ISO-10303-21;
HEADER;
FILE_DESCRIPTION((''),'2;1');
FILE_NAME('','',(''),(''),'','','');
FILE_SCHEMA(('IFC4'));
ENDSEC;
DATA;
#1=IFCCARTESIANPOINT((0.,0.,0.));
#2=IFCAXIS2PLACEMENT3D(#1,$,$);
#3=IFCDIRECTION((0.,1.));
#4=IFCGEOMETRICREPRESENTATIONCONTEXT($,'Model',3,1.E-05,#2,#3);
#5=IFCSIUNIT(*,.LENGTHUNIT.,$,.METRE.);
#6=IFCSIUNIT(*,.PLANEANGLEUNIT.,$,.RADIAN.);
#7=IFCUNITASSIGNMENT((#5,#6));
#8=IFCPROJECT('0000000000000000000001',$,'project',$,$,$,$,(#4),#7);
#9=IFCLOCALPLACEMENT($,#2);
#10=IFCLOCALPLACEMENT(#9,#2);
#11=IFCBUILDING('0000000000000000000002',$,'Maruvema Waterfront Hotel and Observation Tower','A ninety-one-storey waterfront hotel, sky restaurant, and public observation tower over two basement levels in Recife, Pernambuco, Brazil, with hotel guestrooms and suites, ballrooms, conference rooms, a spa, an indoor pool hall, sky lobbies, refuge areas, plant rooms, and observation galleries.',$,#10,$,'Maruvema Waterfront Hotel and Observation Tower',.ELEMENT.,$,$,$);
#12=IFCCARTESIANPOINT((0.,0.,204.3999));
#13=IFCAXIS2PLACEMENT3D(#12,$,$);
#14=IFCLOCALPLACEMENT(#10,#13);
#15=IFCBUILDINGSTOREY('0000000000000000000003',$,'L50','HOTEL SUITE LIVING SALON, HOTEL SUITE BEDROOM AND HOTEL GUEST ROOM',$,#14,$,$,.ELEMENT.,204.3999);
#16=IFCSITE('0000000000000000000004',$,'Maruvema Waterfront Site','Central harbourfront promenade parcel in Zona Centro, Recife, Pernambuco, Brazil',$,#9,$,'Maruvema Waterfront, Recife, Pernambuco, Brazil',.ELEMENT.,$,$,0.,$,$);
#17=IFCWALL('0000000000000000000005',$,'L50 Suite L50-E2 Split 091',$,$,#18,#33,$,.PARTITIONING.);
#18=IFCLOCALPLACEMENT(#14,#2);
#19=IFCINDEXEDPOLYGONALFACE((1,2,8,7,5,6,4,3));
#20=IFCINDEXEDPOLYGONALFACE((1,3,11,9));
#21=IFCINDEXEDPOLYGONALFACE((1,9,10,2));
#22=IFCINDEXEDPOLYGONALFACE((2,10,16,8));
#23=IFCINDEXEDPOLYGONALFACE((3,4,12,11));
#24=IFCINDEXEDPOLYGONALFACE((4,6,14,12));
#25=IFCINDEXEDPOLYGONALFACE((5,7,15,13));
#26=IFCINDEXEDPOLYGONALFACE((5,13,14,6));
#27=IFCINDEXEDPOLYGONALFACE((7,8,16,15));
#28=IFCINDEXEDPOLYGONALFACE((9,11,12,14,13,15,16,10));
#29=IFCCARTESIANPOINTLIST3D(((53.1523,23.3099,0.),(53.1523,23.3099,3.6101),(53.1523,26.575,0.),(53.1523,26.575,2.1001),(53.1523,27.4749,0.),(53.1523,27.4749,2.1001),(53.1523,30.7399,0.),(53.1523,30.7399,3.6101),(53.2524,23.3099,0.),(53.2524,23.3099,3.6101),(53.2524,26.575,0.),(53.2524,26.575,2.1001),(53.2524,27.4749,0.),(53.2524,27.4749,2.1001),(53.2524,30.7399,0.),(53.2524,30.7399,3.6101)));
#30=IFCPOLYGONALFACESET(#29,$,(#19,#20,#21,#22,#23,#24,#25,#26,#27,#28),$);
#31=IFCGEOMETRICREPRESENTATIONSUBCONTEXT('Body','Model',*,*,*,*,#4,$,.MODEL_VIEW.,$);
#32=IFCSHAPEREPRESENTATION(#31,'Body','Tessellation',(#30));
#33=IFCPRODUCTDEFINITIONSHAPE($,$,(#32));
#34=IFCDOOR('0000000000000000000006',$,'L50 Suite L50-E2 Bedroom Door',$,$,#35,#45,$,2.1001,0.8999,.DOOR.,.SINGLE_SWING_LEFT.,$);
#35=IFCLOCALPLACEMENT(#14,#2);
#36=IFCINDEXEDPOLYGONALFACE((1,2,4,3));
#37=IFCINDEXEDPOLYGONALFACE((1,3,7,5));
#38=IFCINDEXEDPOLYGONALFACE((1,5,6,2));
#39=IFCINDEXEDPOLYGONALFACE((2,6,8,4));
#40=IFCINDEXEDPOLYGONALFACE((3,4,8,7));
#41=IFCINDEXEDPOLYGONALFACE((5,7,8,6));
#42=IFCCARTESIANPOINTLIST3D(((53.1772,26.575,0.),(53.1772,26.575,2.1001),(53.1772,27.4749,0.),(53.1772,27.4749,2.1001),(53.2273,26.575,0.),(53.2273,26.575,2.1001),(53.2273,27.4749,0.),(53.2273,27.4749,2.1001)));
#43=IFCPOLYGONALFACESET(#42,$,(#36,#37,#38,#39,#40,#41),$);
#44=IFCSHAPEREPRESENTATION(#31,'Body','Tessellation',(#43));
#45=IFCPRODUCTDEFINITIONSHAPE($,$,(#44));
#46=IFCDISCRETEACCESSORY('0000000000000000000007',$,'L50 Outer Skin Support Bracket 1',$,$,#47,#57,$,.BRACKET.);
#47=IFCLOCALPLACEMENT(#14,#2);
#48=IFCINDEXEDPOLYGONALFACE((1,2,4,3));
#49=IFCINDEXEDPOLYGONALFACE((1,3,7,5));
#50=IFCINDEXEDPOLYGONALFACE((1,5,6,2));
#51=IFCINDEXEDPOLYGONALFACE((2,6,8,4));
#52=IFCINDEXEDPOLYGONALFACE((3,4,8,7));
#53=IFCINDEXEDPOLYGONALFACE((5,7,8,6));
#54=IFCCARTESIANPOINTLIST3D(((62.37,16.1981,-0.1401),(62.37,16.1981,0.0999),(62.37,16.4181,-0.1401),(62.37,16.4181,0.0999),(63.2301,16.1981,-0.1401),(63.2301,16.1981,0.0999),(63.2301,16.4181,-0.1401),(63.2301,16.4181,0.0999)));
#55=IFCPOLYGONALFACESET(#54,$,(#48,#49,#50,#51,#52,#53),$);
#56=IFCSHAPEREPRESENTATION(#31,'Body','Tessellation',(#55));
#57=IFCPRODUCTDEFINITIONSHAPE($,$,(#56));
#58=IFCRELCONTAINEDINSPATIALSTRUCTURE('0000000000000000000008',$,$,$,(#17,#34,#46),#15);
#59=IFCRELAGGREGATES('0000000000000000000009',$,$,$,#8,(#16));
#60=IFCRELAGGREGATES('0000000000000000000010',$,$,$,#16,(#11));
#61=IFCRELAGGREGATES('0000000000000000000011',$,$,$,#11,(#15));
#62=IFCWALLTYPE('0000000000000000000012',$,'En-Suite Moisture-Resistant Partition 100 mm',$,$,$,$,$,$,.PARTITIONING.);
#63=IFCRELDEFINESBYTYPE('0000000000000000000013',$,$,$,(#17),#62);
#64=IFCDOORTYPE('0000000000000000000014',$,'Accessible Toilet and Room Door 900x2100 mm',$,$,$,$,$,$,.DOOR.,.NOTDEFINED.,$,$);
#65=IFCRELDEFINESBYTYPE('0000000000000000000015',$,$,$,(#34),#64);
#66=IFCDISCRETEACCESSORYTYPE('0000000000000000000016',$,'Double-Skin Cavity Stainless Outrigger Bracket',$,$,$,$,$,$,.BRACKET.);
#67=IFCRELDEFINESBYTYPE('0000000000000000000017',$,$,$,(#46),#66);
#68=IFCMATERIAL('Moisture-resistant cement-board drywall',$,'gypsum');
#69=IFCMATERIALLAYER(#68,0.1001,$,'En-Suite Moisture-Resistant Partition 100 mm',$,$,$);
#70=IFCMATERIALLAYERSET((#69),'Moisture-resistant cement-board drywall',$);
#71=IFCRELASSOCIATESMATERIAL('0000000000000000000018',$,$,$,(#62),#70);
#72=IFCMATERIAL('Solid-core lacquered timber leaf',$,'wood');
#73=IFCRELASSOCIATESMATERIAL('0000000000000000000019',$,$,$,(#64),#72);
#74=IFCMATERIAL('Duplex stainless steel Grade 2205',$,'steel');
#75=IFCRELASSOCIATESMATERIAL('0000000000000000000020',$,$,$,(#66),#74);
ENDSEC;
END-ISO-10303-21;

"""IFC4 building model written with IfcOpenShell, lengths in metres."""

from ifc_helpers import new_model, si_unit, direction, frame, frame_2d, origin, origin_2d, place, context, subcontext, project, spatial, rectangle, extrude, material, layer, layer_set, type_object, element, fill, save


model = new_model("IFC4")

# Units and contexts
model_context = context("Model", 3, precision=1e-05, world=origin(), true_north=direction((0.0, 1.0)))
body_context = subcontext(model_context, "Body", "Model", "MODEL_VIEW")
ifc_project = project(units=[si_unit("LENGTHUNIT", "METRE"), si_unit("PLANEANGLEUNIT", "RADIAN")], contexts=[model_context])

# Site, building, storey
site_placement = place(None, origin())
site = spatial("IfcSite", under=ifc_project, at=site_placement, Name="Maruvema Waterfront Site", Description="Central harbourfront promenade parcel in Zona Centro, Recife, Pernambuco, Brazil", LongName="Maruvema Waterfront, Recife, Pernambuco, Brazil", CompositionType="ELEMENT", RefElevation=0.0)
building_placement = place(site_placement, origin())
building = spatial("IfcBuilding", under=site, at=building_placement, Name="Maruvema Waterfront Hotel and Observation Tower", Description="A ninety-one-storey waterfront hotel, sky restaurant, and public observation tower over two basement levels in Recife, Pernambuco, Brazil, with hotel guestrooms and suites, ballrooms, conference rooms, a spa, an indoor pool hall, sky lobbies, refuge areas, plant rooms, and observation galleries.", LongName="Maruvema Waterfront Hotel and Observation Tower", CompositionType="ELEMENT")
storey_placement = place(building_placement, frame((0.0, 0.0, 204.3999)))
storey = spatial("IfcBuildingStorey", under=building, at=storey_placement, Name="L50", Description="HOTEL SUITE LIVING SALON, HOTEL SUITE BEDROOM AND HOTEL GUEST ROOM", CompositionType="ELEMENT", Elevation=204.3999)

# Wall, opening, door
ifc_material_1 = material(Name="Moisture-resistant cement-board drywall", Category="gypsum")
ifc_layer_1 = layer(ifc_material_1, 0.1001, Name="En-Suite Moisture-Resistant Partition 100 mm")
ifc_layer_set_1 = layer_set([ifc_layer_1], Name="Moisture-resistant cement-board drywall")
wall_type = type_object("IfcWallType", Name="En-Suite Moisture-Resistant Partition 100 mm", PredefinedType="PARTITIONING", material=ifc_layer_set_1)
wall_placement = place(storey_placement, frame((53.2024, 23.3101, 0.0), z_axis=(0.0, 0.0, 1.0), x_axis=(0.0, 1.0, 0.0)))
wall = element("IfcWall", 1, at=wall_placement, inside=storey, type_object=wall_type, Name="L50 Suite L50-E2 Split 091", PredefinedType="PARTITIONING", context=body_context, shape_type="SweptSolid", body=[
    extrude(rectangle(XDim=7.4299, YDim=0.1001, at=frame_2d((3.7148, 0.0))), origin(), (0.0, 0.0, 1.0), 3.6101),
])
opening_placement = place(wall_placement, frame((3.2649, 0.0, 0.0)))
opening = element("IfcOpeningElement", 2, at=opening_placement, cuts=wall, PredefinedType="OPENING", context=body_context, shape_type="SweptSolid", body=[
    extrude(rectangle(XDim=0.8999, YDim=2.1001, at=frame_2d((0.45, 1.05))), frame((0.0, 0.0601, 0.0), z_axis=(0.0, -1.0, 0.0), x_axis=(1.0, 0.0, 0.0)), (0.0, 0.0, 1.0), 0.1201),
])
ifc_material_2 = material(Name="Solid-core lacquered timber leaf", Category="wood")
door_type = type_object("IfcDoorType", Name="Accessible Toilet and Room Door 900x2100 mm", OperationType="NOTDEFINED", PredefinedType="DOOR", material=ifc_material_2)
door_placement = place(opening_placement, frame((0.8999, 0.0, 0.0), z_axis=(0.0, 0.0, 1.0), x_axis=(-1.0, 0.0, 0.0)))
door = element("IfcDoor", 3, at=door_placement, inside=storey, type_object=door_type, Name="L50 Suite L50-E2 Bedroom Door", OperationType="SINGLE_SWING_LEFT", OverallHeight=2.1001, OverallWidth=0.8999, PredefinedType="DOOR", context=body_context, shape_type="SweptSolid", body=[
    extrude(rectangle(XDim=0.8999, YDim=2.1001, at=frame_2d((0.45, 1.05))), frame((0.0, 0.0249, 0.0), z_axis=(0.0, -1.0, 0.0), x_axis=(1.0, 0.0, 0.0)), (0.0, 0.0, 1.0), 0.05),
])
fill(opening, door)

# Discrete accessory
ifc_material_3 = material(Name="Duplex stainless steel Grade 2205", Category="steel")
discrete_accessory_type = type_object("IfcDiscreteAccessoryType", Name="Double-Skin Cavity Stainless Outrigger Bracket", PredefinedType="BRACKET", material=ifc_material_3)
discrete_accessory_placement = place(storey_placement, frame((62.8, 16.3081, -0.1401), z_axis=(0.0, 0.0, 1.0), x_axis=(0.0, 1.0, 0.0)))
element("IfcDiscreteAccessory", 4, at=discrete_accessory_placement, inside=storey, type_object=discrete_accessory_type, Name="L50 Outer Skin Support Bracket 1", PredefinedType="BRACKET", context=body_context, shape_type="SweptSolid", body=[
    extrude(rectangle(XDim=0.22, YDim=0.8601, at=origin_2d()), origin(), (0.0, 0.0, 1.0), 0.24),
])

save(model, "model.ifc")
